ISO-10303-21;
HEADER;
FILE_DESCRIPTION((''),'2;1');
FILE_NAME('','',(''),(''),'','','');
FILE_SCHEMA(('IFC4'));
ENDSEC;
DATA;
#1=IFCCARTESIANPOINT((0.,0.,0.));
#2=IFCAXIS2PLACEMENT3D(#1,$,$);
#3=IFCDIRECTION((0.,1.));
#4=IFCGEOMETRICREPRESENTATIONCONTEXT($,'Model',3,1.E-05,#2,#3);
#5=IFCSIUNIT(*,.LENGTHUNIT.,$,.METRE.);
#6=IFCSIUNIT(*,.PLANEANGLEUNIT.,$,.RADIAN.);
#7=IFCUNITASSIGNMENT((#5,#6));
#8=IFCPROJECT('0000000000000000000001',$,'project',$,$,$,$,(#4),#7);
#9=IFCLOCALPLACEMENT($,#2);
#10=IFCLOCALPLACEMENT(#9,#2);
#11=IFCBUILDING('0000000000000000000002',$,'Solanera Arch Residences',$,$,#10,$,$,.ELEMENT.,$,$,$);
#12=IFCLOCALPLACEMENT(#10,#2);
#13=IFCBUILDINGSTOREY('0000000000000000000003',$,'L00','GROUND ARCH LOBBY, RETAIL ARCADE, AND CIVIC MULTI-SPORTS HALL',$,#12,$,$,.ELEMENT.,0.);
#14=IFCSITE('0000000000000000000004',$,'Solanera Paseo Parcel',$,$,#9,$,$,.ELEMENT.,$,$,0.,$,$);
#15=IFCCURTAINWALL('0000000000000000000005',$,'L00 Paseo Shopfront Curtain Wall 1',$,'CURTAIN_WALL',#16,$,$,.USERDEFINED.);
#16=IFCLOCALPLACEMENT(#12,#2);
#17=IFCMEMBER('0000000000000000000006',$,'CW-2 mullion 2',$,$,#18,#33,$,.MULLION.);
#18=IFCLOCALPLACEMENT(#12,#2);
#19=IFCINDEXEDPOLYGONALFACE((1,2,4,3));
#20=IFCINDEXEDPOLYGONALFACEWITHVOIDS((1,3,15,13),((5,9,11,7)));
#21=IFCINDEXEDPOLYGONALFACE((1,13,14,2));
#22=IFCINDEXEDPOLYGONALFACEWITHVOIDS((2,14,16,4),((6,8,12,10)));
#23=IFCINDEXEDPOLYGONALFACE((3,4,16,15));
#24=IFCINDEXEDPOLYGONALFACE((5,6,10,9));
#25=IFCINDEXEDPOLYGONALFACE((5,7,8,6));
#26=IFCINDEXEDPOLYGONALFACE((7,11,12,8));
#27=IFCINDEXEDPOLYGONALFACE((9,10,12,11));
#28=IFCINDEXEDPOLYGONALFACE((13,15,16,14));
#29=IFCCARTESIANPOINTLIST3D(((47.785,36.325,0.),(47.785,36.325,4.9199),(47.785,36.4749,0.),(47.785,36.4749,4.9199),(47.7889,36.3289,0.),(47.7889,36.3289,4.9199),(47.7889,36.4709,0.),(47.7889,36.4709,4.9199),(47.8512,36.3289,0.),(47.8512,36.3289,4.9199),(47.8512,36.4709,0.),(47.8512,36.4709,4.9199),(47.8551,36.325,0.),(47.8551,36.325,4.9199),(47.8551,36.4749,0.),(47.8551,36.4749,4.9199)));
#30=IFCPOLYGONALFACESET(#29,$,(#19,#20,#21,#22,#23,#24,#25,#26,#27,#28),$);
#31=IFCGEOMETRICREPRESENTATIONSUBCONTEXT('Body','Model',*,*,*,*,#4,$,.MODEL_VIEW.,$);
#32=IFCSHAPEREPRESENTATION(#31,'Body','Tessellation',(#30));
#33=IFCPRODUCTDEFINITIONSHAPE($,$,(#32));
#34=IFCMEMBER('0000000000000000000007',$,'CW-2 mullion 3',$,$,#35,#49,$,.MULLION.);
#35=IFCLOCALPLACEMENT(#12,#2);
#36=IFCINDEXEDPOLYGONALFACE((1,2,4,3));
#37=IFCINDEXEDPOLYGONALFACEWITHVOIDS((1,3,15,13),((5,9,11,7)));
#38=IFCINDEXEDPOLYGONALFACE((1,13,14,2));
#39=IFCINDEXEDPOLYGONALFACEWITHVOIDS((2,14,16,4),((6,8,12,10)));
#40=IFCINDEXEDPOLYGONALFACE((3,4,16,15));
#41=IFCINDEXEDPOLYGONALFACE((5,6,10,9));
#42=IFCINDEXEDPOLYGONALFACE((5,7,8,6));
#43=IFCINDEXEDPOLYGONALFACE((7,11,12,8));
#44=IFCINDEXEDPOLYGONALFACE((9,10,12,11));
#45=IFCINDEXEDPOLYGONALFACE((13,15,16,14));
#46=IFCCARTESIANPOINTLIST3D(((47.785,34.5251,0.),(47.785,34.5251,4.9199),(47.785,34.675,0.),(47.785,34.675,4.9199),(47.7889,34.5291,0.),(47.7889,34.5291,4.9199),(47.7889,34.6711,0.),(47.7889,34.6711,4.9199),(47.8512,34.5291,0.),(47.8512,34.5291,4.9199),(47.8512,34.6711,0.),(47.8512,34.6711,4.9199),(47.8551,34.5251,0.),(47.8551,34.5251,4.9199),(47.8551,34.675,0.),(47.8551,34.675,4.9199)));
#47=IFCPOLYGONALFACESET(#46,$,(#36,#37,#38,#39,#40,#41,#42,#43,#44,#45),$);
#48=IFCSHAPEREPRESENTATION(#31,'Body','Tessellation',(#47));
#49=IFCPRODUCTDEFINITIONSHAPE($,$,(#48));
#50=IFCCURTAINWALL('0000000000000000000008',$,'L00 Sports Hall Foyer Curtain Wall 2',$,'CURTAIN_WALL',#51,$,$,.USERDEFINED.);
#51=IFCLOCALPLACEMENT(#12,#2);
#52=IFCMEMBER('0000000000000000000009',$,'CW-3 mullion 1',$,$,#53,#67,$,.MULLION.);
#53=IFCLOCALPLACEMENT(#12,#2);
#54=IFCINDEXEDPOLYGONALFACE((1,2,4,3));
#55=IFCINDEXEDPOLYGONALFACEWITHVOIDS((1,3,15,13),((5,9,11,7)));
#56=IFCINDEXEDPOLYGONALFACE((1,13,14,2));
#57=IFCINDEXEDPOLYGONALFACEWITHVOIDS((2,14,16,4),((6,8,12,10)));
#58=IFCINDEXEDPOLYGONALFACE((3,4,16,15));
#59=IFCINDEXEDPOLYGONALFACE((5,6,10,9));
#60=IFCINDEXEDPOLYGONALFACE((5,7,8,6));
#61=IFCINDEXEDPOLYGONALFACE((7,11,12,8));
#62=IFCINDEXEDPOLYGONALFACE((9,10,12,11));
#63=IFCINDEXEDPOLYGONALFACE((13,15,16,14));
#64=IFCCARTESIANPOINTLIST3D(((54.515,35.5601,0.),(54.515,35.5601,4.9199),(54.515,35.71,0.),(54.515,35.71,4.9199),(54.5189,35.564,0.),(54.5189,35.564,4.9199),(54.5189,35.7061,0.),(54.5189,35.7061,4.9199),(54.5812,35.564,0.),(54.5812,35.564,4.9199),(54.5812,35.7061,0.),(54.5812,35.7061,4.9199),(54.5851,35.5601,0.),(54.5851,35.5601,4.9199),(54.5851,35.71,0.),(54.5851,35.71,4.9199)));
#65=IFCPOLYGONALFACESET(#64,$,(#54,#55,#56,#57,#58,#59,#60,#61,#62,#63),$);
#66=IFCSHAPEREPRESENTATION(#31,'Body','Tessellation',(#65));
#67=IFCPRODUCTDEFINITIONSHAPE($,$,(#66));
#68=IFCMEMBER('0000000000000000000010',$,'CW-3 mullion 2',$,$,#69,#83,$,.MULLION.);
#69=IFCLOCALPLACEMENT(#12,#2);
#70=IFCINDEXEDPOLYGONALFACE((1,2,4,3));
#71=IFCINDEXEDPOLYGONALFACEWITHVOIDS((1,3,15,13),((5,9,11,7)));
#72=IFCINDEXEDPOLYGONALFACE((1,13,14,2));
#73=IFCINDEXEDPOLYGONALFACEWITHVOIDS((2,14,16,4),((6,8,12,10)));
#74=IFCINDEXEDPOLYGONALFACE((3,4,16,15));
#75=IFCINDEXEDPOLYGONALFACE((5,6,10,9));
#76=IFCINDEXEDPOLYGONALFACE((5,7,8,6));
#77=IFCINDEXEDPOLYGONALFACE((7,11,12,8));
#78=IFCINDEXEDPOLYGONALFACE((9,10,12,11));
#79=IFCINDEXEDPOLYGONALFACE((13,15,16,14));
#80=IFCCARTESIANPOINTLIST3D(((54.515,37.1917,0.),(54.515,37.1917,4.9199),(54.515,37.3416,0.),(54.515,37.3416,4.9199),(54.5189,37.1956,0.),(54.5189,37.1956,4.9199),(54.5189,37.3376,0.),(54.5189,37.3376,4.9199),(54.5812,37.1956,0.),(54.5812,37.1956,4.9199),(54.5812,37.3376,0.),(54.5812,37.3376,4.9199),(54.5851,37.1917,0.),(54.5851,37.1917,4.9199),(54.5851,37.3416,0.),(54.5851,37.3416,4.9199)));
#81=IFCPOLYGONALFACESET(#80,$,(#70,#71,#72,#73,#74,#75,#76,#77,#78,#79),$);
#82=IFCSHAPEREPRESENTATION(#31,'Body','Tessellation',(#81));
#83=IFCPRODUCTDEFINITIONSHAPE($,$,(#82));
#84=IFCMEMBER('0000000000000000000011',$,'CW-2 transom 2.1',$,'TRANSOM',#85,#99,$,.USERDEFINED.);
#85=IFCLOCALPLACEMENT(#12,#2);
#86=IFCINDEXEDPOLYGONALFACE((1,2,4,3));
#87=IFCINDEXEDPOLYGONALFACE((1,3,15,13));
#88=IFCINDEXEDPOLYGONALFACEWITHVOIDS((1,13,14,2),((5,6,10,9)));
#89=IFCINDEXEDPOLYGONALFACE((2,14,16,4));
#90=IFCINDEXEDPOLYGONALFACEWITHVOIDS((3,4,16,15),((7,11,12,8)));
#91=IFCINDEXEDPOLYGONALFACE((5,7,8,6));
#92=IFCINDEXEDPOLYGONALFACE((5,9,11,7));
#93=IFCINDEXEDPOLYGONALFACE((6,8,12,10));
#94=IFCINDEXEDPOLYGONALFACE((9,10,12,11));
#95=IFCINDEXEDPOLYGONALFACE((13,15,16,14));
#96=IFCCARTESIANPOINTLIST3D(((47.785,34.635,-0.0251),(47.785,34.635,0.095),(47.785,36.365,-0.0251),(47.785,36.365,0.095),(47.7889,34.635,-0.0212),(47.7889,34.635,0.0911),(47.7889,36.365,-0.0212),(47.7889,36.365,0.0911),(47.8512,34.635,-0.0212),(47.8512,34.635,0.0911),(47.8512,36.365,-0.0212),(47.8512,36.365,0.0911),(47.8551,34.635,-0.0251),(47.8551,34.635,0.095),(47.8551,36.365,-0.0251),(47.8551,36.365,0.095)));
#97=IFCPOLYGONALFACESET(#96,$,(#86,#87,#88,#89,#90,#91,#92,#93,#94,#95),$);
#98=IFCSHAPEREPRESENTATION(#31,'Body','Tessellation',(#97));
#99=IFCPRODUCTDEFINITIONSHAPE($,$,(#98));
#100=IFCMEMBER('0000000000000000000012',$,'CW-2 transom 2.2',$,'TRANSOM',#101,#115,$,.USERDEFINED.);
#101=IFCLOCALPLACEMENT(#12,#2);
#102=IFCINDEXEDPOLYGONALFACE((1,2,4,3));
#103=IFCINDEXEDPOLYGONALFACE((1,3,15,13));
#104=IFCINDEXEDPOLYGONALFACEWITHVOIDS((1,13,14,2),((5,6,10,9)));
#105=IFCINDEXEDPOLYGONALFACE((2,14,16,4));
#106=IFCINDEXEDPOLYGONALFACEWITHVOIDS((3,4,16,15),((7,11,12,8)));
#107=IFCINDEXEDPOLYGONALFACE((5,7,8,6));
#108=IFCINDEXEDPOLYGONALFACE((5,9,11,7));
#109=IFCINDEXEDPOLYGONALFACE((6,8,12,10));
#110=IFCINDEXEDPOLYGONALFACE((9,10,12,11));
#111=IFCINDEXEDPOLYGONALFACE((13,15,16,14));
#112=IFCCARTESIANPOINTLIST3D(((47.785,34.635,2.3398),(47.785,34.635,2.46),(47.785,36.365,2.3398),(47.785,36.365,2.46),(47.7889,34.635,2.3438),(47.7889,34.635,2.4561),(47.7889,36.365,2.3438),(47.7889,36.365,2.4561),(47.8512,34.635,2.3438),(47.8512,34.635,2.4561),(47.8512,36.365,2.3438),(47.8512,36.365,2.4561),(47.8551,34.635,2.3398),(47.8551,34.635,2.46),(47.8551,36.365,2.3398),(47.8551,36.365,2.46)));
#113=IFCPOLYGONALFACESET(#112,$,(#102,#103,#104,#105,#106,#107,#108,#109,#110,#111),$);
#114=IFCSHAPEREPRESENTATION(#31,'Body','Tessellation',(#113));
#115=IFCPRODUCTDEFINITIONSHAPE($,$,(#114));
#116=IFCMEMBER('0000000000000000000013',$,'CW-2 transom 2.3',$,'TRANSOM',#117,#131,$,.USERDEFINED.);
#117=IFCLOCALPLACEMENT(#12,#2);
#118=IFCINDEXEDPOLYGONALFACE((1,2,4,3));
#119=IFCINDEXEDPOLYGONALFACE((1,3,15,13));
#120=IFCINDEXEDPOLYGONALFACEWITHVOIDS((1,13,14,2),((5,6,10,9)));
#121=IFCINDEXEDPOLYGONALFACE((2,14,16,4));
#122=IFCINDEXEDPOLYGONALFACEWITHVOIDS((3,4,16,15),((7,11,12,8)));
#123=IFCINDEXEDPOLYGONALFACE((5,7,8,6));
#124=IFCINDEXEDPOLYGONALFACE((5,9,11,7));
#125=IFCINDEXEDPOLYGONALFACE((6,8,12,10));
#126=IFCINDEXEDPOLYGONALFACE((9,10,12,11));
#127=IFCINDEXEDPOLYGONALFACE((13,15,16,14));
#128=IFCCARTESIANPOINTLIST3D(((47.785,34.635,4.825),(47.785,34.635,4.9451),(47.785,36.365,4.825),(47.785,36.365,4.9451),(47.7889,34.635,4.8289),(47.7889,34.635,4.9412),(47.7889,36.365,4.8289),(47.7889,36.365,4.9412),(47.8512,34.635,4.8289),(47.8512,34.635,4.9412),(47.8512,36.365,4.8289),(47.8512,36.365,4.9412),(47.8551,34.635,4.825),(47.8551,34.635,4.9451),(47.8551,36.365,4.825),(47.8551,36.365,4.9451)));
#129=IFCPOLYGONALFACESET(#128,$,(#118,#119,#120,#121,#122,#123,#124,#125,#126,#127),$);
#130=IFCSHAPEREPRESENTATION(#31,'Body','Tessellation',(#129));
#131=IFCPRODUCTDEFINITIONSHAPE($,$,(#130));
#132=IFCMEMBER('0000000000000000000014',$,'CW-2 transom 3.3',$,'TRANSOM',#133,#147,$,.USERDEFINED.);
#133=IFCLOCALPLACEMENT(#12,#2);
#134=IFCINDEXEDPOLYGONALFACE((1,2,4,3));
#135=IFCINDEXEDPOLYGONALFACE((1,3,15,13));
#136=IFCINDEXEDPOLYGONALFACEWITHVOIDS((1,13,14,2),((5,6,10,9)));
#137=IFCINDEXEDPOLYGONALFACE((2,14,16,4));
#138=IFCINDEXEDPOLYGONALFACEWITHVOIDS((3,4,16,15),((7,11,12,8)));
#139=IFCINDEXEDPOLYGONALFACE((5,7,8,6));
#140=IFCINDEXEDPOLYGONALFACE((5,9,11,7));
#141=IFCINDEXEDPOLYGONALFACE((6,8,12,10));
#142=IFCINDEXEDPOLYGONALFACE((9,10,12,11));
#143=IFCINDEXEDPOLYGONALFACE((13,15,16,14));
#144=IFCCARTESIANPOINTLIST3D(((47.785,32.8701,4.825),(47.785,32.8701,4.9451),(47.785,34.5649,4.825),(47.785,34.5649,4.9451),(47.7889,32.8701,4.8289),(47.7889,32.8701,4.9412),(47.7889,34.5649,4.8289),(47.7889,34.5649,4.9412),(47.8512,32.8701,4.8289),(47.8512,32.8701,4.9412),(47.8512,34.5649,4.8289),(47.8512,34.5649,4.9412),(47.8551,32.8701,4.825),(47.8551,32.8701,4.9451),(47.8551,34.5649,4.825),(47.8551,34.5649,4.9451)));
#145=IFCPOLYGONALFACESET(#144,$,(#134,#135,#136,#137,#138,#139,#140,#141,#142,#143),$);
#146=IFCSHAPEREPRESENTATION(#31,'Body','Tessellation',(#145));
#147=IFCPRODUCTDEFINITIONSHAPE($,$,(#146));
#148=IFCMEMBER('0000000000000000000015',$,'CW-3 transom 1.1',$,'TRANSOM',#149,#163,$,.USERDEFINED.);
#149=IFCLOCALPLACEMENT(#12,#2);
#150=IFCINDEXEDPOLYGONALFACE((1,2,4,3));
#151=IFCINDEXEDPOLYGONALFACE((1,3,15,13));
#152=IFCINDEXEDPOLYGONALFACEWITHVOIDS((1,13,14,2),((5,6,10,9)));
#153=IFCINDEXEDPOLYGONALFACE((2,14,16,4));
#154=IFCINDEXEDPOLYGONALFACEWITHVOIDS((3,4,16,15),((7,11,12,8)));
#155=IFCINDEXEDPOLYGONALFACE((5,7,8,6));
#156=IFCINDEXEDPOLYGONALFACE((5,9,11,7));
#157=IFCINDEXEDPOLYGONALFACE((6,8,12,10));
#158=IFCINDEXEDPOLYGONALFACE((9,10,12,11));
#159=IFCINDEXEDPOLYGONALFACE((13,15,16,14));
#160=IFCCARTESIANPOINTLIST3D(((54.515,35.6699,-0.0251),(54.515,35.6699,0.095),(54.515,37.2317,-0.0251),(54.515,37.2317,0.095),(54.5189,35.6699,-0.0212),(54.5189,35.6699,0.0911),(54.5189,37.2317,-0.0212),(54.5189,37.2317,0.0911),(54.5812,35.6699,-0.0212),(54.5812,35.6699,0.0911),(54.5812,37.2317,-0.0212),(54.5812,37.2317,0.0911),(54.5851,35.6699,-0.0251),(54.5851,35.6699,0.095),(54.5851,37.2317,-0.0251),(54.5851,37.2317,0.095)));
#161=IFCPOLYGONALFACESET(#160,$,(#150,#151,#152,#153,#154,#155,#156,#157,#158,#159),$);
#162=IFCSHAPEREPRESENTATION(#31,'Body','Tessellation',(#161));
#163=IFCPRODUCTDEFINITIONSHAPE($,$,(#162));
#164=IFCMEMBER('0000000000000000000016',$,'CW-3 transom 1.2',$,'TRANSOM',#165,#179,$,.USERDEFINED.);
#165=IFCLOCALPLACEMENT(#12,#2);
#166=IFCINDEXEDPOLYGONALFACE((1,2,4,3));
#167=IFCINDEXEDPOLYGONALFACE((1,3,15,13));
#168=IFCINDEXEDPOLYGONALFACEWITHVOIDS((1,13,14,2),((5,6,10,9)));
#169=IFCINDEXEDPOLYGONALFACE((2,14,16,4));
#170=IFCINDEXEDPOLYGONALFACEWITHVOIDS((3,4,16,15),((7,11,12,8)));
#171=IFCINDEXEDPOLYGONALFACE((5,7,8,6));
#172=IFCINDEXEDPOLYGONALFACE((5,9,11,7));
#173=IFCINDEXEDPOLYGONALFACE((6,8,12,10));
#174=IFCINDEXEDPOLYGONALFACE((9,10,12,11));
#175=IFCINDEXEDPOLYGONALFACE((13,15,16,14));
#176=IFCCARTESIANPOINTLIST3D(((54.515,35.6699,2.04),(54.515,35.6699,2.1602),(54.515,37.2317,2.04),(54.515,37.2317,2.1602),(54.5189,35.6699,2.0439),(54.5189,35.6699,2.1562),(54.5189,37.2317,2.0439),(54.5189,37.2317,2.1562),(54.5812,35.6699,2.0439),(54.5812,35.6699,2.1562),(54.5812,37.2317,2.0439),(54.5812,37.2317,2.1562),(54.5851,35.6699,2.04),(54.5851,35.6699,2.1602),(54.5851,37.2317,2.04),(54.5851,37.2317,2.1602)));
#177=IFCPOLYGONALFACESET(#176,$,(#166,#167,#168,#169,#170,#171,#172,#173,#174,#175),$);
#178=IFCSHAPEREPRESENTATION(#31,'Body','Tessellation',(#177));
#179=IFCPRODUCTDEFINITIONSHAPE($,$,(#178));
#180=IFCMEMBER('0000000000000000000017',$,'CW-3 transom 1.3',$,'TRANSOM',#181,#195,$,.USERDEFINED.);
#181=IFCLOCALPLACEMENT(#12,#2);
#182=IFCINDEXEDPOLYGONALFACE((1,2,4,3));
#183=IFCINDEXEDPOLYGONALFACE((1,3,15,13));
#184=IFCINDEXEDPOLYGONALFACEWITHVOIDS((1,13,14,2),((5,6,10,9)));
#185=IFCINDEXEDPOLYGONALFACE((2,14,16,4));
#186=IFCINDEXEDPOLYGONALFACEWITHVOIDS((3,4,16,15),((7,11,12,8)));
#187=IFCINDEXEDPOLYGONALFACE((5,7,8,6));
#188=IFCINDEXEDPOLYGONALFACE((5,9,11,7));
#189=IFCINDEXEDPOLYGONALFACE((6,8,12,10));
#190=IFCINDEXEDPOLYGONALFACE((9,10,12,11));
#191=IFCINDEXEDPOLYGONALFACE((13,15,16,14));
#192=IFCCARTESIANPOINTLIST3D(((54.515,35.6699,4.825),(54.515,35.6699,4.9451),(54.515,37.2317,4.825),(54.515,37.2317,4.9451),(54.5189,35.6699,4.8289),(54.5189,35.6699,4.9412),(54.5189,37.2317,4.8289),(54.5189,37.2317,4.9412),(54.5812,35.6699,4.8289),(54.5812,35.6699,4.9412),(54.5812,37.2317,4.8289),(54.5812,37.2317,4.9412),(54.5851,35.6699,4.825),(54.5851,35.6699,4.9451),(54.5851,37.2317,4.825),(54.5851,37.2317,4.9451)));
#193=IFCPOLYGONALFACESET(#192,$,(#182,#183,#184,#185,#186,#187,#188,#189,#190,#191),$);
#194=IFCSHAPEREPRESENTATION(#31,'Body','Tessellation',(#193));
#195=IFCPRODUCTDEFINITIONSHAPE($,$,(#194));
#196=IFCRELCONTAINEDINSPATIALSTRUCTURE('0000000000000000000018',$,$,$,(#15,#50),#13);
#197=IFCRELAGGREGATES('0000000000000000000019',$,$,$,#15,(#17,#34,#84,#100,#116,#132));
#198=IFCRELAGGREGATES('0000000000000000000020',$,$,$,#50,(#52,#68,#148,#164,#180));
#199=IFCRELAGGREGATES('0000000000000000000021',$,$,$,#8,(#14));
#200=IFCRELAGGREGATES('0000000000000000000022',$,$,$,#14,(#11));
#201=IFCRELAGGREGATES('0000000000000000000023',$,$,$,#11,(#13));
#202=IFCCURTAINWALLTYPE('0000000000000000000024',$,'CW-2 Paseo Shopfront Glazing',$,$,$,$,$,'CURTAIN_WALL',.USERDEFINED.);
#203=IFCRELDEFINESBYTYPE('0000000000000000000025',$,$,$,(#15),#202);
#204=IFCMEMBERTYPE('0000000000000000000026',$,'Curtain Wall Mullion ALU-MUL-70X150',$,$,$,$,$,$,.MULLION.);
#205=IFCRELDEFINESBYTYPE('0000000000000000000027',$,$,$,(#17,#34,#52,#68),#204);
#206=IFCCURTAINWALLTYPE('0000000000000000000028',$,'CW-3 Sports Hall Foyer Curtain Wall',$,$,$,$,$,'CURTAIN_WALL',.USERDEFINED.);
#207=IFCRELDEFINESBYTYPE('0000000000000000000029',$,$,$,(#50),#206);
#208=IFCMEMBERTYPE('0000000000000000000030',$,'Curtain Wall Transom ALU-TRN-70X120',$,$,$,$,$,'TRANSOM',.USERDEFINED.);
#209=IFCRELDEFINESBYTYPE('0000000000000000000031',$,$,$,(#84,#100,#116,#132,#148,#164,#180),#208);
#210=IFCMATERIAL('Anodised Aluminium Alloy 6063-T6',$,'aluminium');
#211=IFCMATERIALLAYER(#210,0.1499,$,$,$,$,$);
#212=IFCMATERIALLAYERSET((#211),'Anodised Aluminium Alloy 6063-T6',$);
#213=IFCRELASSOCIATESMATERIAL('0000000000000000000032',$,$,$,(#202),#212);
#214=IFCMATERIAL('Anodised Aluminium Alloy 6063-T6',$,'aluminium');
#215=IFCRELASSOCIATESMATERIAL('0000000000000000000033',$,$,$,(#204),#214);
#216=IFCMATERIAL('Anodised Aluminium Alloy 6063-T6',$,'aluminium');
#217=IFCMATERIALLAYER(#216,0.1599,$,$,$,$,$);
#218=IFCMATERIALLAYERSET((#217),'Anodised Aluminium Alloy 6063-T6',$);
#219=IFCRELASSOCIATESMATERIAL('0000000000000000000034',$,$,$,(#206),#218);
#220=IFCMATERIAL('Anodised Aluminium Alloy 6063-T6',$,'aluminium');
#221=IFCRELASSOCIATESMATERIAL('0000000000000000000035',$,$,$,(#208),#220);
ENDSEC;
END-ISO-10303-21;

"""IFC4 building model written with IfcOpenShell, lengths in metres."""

from ifc_helpers import new_model, si_unit, direction, frame, origin, origin_2d, place, context, subcontext, project, spatial, hollow_rectangle, extrude, material, layer, layer_set, material_profile, profile_set, type_object, element, aggregate, save


model = new_model("IFC4")

# Units and contexts
model_context = context("Model", 3, precision=1e-05, world=origin(), true_north=direction((0.0, 1.0)))
body_context = subcontext(model_context, "Body", "Model", "MODEL_VIEW")
ifc_project = project(units=[si_unit("LENGTHUNIT", "METRE"), si_unit("PLANEANGLEUNIT", "RADIAN")], contexts=[model_context])

# Site, building, storey
site_placement = place(None, origin())
site = spatial("IfcSite", under=ifc_project, at=site_placement, Name="Solanera Paseo Parcel", CompositionType="ELEMENT", RefElevation=0.0)
building_placement = place(site_placement, origin())
building = spatial("IfcBuilding", under=site, at=building_placement, Name="Solanera Arch Residences", CompositionType="ELEMENT")
storey_placement = place(building_placement, origin())
storey = spatial("IfcBuildingStorey", under=building, at=storey_placement, Name="L00", Description="GROUND ARCH LOBBY, RETAIL ARCADE, AND CIVIC MULTI-SPORTS HALL", CompositionType="ELEMENT", Elevation=0.0)

# Curtain walls, members
ifc_material_1 = material(Name="Anodised Aluminium Alloy 6063-T6", Category="aluminium")
ifc_layer_1 = layer(ifc_material_1, 0.1499)
ifc_layer_set_1 = layer_set([ifc_layer_1], Name="Anodised Aluminium Alloy 6063-T6")
curtain_wall_type_1 = type_object("IfcCurtainWallType", Name="CW-2 Paseo Shopfront Glazing", ElementType="CURTAIN_WALL", PredefinedType="USERDEFINED", material=ifc_layer_set_1)
curtain_wall_1_placement = place(storey_placement, origin())
curtain_wall_1 = element("IfcCurtainWall", 1, at=curtain_wall_1_placement, inside=storey, type_object=curtain_wall_type_1, Name="L00 Paseo Shopfront Curtain Wall 1", ObjectType="CURTAIN_WALL", PredefinedType="USERDEFINED")
ifc_material_2 = material(Name="Anodised Aluminium Alloy 6063-T6", Category="aluminium")
ifc_material_profile_1 = material_profile(ifc_material_2, hollow_rectangle(XDim=0.0701, YDim=0.1499, WallThickness=0.0039, at=origin_2d()))
ifc_profile_set_1 = profile_set([ifc_material_profile_1], Name="Anodised Aluminium Alloy 6063-T6")
member_type_1 = type_object("IfcMemberType", Name="Curtain Wall Mullion ALU-MUL-70X150", PredefinedType="MULLION", material=ifc_profile_set_1)
member_1_placement = place(storey_placement, frame((47.8201, 36.3999, 0.0), z_axis=(0.0, 0.0, 1.0), x_axis=(1.0, 0.0, 0.0)))
member_1 = element("IfcMember", 2, at=member_1_placement, type_object=member_type_1, Name="CW-2 mullion 2", PredefinedType="MULLION", context=body_context, shape_type="SweptSolid", body=[
    extrude(hollow_rectangle(XDim=0.0701, YDim=0.1499, WallThickness=0.0039, at=origin_2d()), origin(), (0.0, 0.0, 1.0), 4.9199),
])
member_2_placement = place(storey_placement, frame((47.8201, 34.6001, 0.0), z_axis=(0.0, 0.0, 1.0), x_axis=(1.0, 0.0, 0.0)))
member_2 = element("IfcMember", 3, at=member_2_placement, type_object=member_type_1, Name="CW-2 mullion 3", PredefinedType="MULLION", context=body_context, shape_type="SweptSolid", body=[
    extrude(hollow_rectangle(XDim=0.0701, YDim=0.1499, WallThickness=0.0039, at=origin_2d()), origin(), (0.0, 0.0, 1.0), 4.9199),
])
ifc_material_3 = material(Name="Anodised Aluminium Alloy 6063-T6", Category="aluminium")
ifc_layer_2 = layer(ifc_material_3, 0.1599)
ifc_layer_set_2 = layer_set([ifc_layer_2], Name="Anodised Aluminium Alloy 6063-T6")
curtain_wall_type_2 = type_object("IfcCurtainWallType", Name="CW-3 Sports Hall Foyer Curtain Wall", ElementType="CURTAIN_WALL", PredefinedType="USERDEFINED", material=ifc_layer_set_2)
curtain_wall_2_placement = place(storey_placement, origin())
curtain_wall_2 = element("IfcCurtainWall", 4, at=curtain_wall_2_placement, inside=storey, type_object=curtain_wall_type_2, Name="L00 Sports Hall Foyer Curtain Wall 2", ObjectType="CURTAIN_WALL", PredefinedType="USERDEFINED")
member_3_placement = place(storey_placement, frame((54.55, 35.635, 0.0), z_axis=(0.0, 0.0, 1.0), x_axis=(-1.0, 0.0, 0.0)))
member_3 = element("IfcMember", 5, at=member_3_placement, type_object=member_type_1, Name="CW-3 mullion 1", PredefinedType="MULLION", context=body_context, shape_type="SweptSolid", body=[
    extrude(hollow_rectangle(XDim=0.0701, YDim=0.1499, WallThickness=0.0039, at=origin_2d()), origin(), (0.0, 0.0, 1.0), 4.9199),
])
member_4_placement = place(storey_placement, frame((54.55, 37.2666, 0.0), z_axis=(0.0, 0.0, 1.0), x_axis=(-1.0, 0.0, 0.0)))
member_4 = element("IfcMember", 6, at=member_4_placement, type_object=member_type_1, Name="CW-3 mullion 2", PredefinedType="MULLION", context=body_context, shape_type="SweptSolid", body=[
    extrude(hollow_rectangle(XDim=0.0701, YDim=0.1499, WallThickness=0.0039, at=origin_2d()), origin(), (0.0, 0.0, 1.0), 4.9199),
])

# Members
ifc_material_4 = material(Name="Anodised Aluminium Alloy 6063-T6", Category="aluminium")
ifc_material_profile_2 = material_profile(ifc_material_4, hollow_rectangle(XDim=0.0701, YDim=0.1201, WallThickness=0.0039, at=origin_2d()))
ifc_profile_set_2 = profile_set([ifc_material_profile_2], Name="Anodised Aluminium Alloy 6063-T6")
member_type_2 = type_object("IfcMemberType", Name="Curtain Wall Transom ALU-TRN-70X120", ElementType="TRANSOM", PredefinedType="USERDEFINED", material=ifc_profile_set_2)
member_5_placement = place(storey_placement, frame((47.8201, 36.365, 0.0349), z_axis=(0.0, -1.0, 0.0), x_axis=(1.0, 0.0, 0.0)))
member_5 = element("IfcMember", 7, at=member_5_placement, type_object=member_type_2, Name="CW-2 transom 2.1", ObjectType="TRANSOM", PredefinedType="USERDEFINED", context=body_context, shape_type="SweptSolid", body=[
    extrude(hollow_rectangle(XDim=0.0701, YDim=0.1201, WallThickness=0.0039, at=origin_2d()), origin(), (0.0, 0.0, 1.0), 1.73),
])
member_6_placement = place(storey_placement, frame((47.8201, 36.365, 2.3999), z_axis=(0.0, -1.0, 0.0), x_axis=(1.0, 0.0, 0.0)))
member_6 = element("IfcMember", 8, at=member_6_placement, type_object=member_type_2, Name="CW-2 transom 2.2", ObjectType="TRANSOM", PredefinedType="USERDEFINED", context=body_context, shape_type="SweptSolid", body=[
    extrude(hollow_rectangle(XDim=0.0701, YDim=0.1201, WallThickness=0.0039, at=origin_2d()), origin(), (0.0, 0.0, 1.0), 1.73),
])
member_7_placement = place(storey_placement, frame((47.8201, 36.365, 4.885), z_axis=(0.0, -1.0, 0.0), x_axis=(1.0, 0.0, 0.0)))
member_7 = element("IfcMember", 9, at=member_7_placement, type_object=member_type_2, Name="CW-2 transom 2.3", ObjectType="TRANSOM", PredefinedType="USERDEFINED", context=body_context, shape_type="SweptSolid", body=[
    extrude(hollow_rectangle(XDim=0.0701, YDim=0.1201, WallThickness=0.0039, at=origin_2d()), origin(), (0.0, 0.0, 1.0), 1.73),
])
member_8_placement = place(storey_placement, frame((47.8201, 34.5649, 4.885), z_axis=(0.0, -1.0, 0.0), x_axis=(1.0, 0.0, 0.0)))
member_8 = element("IfcMember", 10, at=member_8_placement, type_object=member_type_2, Name="CW-2 transom 3.3", ObjectType="TRANSOM", PredefinedType="USERDEFINED", context=body_context, shape_type="SweptSolid", body=[
    extrude(hollow_rectangle(XDim=0.0701, YDim=0.1201, WallThickness=0.0039, at=origin_2d()), origin(), (0.0, 0.0, 1.0), 1.6948),
])
member_9_placement = place(storey_placement, frame((54.55, 35.6699, 0.0349), z_axis=(0.0, 1.0, 0.0), x_axis=(-1.0, 0.0, 0.0)))
member_9 = element("IfcMember", 11, at=member_9_placement, type_object=member_type_2, Name="CW-3 transom 1.1", ObjectType="TRANSOM", PredefinedType="USERDEFINED", context=body_context, shape_type="SweptSolid", body=[
    extrude(hollow_rectangle(XDim=0.0701, YDim=0.1201, WallThickness=0.0039, at=origin_2d()), origin(), (0.0, 0.0, 1.0), 1.5618),
])
member_10_placement = place(storey_placement, frame((54.55, 35.6699, 2.1001), z_axis=(0.0, 1.0, 0.0), x_axis=(-1.0, 0.0, 0.0)))
member_10 = element("IfcMember", 12, at=member_10_placement, type_object=member_type_2, Name="CW-3 transom 1.2", ObjectType="TRANSOM", PredefinedType="USERDEFINED", context=body_context, shape_type="SweptSolid", body=[
    extrude(hollow_rectangle(XDim=0.0701, YDim=0.1201, WallThickness=0.0039, at=origin_2d()), origin(), (0.0, 0.0, 1.0), 1.5618),
])
member_11_placement = place(storey_placement, frame((54.55, 35.6699, 4.885), z_axis=(0.0, 1.0, 0.0), x_axis=(-1.0, 0.0, 0.0)))
member_11 = element("IfcMember", 13, at=member_11_placement, type_object=member_type_2, Name="CW-3 transom 1.3", ObjectType="TRANSOM", PredefinedType="USERDEFINED", context=body_context, shape_type="SweptSolid", body=[
    extrude(hollow_rectangle(XDim=0.0701, YDim=0.1201, WallThickness=0.0039, at=origin_2d()), origin(), (0.0, 0.0, 1.0), 1.5618),
])

aggregate(curtain_wall_1, [member_1, member_2, member_5, member_6, member_7, member_8])
aggregate(curtain_wall_2, [member_3, member_4, member_9, member_10, member_11])

save(model, "model.ifc")
